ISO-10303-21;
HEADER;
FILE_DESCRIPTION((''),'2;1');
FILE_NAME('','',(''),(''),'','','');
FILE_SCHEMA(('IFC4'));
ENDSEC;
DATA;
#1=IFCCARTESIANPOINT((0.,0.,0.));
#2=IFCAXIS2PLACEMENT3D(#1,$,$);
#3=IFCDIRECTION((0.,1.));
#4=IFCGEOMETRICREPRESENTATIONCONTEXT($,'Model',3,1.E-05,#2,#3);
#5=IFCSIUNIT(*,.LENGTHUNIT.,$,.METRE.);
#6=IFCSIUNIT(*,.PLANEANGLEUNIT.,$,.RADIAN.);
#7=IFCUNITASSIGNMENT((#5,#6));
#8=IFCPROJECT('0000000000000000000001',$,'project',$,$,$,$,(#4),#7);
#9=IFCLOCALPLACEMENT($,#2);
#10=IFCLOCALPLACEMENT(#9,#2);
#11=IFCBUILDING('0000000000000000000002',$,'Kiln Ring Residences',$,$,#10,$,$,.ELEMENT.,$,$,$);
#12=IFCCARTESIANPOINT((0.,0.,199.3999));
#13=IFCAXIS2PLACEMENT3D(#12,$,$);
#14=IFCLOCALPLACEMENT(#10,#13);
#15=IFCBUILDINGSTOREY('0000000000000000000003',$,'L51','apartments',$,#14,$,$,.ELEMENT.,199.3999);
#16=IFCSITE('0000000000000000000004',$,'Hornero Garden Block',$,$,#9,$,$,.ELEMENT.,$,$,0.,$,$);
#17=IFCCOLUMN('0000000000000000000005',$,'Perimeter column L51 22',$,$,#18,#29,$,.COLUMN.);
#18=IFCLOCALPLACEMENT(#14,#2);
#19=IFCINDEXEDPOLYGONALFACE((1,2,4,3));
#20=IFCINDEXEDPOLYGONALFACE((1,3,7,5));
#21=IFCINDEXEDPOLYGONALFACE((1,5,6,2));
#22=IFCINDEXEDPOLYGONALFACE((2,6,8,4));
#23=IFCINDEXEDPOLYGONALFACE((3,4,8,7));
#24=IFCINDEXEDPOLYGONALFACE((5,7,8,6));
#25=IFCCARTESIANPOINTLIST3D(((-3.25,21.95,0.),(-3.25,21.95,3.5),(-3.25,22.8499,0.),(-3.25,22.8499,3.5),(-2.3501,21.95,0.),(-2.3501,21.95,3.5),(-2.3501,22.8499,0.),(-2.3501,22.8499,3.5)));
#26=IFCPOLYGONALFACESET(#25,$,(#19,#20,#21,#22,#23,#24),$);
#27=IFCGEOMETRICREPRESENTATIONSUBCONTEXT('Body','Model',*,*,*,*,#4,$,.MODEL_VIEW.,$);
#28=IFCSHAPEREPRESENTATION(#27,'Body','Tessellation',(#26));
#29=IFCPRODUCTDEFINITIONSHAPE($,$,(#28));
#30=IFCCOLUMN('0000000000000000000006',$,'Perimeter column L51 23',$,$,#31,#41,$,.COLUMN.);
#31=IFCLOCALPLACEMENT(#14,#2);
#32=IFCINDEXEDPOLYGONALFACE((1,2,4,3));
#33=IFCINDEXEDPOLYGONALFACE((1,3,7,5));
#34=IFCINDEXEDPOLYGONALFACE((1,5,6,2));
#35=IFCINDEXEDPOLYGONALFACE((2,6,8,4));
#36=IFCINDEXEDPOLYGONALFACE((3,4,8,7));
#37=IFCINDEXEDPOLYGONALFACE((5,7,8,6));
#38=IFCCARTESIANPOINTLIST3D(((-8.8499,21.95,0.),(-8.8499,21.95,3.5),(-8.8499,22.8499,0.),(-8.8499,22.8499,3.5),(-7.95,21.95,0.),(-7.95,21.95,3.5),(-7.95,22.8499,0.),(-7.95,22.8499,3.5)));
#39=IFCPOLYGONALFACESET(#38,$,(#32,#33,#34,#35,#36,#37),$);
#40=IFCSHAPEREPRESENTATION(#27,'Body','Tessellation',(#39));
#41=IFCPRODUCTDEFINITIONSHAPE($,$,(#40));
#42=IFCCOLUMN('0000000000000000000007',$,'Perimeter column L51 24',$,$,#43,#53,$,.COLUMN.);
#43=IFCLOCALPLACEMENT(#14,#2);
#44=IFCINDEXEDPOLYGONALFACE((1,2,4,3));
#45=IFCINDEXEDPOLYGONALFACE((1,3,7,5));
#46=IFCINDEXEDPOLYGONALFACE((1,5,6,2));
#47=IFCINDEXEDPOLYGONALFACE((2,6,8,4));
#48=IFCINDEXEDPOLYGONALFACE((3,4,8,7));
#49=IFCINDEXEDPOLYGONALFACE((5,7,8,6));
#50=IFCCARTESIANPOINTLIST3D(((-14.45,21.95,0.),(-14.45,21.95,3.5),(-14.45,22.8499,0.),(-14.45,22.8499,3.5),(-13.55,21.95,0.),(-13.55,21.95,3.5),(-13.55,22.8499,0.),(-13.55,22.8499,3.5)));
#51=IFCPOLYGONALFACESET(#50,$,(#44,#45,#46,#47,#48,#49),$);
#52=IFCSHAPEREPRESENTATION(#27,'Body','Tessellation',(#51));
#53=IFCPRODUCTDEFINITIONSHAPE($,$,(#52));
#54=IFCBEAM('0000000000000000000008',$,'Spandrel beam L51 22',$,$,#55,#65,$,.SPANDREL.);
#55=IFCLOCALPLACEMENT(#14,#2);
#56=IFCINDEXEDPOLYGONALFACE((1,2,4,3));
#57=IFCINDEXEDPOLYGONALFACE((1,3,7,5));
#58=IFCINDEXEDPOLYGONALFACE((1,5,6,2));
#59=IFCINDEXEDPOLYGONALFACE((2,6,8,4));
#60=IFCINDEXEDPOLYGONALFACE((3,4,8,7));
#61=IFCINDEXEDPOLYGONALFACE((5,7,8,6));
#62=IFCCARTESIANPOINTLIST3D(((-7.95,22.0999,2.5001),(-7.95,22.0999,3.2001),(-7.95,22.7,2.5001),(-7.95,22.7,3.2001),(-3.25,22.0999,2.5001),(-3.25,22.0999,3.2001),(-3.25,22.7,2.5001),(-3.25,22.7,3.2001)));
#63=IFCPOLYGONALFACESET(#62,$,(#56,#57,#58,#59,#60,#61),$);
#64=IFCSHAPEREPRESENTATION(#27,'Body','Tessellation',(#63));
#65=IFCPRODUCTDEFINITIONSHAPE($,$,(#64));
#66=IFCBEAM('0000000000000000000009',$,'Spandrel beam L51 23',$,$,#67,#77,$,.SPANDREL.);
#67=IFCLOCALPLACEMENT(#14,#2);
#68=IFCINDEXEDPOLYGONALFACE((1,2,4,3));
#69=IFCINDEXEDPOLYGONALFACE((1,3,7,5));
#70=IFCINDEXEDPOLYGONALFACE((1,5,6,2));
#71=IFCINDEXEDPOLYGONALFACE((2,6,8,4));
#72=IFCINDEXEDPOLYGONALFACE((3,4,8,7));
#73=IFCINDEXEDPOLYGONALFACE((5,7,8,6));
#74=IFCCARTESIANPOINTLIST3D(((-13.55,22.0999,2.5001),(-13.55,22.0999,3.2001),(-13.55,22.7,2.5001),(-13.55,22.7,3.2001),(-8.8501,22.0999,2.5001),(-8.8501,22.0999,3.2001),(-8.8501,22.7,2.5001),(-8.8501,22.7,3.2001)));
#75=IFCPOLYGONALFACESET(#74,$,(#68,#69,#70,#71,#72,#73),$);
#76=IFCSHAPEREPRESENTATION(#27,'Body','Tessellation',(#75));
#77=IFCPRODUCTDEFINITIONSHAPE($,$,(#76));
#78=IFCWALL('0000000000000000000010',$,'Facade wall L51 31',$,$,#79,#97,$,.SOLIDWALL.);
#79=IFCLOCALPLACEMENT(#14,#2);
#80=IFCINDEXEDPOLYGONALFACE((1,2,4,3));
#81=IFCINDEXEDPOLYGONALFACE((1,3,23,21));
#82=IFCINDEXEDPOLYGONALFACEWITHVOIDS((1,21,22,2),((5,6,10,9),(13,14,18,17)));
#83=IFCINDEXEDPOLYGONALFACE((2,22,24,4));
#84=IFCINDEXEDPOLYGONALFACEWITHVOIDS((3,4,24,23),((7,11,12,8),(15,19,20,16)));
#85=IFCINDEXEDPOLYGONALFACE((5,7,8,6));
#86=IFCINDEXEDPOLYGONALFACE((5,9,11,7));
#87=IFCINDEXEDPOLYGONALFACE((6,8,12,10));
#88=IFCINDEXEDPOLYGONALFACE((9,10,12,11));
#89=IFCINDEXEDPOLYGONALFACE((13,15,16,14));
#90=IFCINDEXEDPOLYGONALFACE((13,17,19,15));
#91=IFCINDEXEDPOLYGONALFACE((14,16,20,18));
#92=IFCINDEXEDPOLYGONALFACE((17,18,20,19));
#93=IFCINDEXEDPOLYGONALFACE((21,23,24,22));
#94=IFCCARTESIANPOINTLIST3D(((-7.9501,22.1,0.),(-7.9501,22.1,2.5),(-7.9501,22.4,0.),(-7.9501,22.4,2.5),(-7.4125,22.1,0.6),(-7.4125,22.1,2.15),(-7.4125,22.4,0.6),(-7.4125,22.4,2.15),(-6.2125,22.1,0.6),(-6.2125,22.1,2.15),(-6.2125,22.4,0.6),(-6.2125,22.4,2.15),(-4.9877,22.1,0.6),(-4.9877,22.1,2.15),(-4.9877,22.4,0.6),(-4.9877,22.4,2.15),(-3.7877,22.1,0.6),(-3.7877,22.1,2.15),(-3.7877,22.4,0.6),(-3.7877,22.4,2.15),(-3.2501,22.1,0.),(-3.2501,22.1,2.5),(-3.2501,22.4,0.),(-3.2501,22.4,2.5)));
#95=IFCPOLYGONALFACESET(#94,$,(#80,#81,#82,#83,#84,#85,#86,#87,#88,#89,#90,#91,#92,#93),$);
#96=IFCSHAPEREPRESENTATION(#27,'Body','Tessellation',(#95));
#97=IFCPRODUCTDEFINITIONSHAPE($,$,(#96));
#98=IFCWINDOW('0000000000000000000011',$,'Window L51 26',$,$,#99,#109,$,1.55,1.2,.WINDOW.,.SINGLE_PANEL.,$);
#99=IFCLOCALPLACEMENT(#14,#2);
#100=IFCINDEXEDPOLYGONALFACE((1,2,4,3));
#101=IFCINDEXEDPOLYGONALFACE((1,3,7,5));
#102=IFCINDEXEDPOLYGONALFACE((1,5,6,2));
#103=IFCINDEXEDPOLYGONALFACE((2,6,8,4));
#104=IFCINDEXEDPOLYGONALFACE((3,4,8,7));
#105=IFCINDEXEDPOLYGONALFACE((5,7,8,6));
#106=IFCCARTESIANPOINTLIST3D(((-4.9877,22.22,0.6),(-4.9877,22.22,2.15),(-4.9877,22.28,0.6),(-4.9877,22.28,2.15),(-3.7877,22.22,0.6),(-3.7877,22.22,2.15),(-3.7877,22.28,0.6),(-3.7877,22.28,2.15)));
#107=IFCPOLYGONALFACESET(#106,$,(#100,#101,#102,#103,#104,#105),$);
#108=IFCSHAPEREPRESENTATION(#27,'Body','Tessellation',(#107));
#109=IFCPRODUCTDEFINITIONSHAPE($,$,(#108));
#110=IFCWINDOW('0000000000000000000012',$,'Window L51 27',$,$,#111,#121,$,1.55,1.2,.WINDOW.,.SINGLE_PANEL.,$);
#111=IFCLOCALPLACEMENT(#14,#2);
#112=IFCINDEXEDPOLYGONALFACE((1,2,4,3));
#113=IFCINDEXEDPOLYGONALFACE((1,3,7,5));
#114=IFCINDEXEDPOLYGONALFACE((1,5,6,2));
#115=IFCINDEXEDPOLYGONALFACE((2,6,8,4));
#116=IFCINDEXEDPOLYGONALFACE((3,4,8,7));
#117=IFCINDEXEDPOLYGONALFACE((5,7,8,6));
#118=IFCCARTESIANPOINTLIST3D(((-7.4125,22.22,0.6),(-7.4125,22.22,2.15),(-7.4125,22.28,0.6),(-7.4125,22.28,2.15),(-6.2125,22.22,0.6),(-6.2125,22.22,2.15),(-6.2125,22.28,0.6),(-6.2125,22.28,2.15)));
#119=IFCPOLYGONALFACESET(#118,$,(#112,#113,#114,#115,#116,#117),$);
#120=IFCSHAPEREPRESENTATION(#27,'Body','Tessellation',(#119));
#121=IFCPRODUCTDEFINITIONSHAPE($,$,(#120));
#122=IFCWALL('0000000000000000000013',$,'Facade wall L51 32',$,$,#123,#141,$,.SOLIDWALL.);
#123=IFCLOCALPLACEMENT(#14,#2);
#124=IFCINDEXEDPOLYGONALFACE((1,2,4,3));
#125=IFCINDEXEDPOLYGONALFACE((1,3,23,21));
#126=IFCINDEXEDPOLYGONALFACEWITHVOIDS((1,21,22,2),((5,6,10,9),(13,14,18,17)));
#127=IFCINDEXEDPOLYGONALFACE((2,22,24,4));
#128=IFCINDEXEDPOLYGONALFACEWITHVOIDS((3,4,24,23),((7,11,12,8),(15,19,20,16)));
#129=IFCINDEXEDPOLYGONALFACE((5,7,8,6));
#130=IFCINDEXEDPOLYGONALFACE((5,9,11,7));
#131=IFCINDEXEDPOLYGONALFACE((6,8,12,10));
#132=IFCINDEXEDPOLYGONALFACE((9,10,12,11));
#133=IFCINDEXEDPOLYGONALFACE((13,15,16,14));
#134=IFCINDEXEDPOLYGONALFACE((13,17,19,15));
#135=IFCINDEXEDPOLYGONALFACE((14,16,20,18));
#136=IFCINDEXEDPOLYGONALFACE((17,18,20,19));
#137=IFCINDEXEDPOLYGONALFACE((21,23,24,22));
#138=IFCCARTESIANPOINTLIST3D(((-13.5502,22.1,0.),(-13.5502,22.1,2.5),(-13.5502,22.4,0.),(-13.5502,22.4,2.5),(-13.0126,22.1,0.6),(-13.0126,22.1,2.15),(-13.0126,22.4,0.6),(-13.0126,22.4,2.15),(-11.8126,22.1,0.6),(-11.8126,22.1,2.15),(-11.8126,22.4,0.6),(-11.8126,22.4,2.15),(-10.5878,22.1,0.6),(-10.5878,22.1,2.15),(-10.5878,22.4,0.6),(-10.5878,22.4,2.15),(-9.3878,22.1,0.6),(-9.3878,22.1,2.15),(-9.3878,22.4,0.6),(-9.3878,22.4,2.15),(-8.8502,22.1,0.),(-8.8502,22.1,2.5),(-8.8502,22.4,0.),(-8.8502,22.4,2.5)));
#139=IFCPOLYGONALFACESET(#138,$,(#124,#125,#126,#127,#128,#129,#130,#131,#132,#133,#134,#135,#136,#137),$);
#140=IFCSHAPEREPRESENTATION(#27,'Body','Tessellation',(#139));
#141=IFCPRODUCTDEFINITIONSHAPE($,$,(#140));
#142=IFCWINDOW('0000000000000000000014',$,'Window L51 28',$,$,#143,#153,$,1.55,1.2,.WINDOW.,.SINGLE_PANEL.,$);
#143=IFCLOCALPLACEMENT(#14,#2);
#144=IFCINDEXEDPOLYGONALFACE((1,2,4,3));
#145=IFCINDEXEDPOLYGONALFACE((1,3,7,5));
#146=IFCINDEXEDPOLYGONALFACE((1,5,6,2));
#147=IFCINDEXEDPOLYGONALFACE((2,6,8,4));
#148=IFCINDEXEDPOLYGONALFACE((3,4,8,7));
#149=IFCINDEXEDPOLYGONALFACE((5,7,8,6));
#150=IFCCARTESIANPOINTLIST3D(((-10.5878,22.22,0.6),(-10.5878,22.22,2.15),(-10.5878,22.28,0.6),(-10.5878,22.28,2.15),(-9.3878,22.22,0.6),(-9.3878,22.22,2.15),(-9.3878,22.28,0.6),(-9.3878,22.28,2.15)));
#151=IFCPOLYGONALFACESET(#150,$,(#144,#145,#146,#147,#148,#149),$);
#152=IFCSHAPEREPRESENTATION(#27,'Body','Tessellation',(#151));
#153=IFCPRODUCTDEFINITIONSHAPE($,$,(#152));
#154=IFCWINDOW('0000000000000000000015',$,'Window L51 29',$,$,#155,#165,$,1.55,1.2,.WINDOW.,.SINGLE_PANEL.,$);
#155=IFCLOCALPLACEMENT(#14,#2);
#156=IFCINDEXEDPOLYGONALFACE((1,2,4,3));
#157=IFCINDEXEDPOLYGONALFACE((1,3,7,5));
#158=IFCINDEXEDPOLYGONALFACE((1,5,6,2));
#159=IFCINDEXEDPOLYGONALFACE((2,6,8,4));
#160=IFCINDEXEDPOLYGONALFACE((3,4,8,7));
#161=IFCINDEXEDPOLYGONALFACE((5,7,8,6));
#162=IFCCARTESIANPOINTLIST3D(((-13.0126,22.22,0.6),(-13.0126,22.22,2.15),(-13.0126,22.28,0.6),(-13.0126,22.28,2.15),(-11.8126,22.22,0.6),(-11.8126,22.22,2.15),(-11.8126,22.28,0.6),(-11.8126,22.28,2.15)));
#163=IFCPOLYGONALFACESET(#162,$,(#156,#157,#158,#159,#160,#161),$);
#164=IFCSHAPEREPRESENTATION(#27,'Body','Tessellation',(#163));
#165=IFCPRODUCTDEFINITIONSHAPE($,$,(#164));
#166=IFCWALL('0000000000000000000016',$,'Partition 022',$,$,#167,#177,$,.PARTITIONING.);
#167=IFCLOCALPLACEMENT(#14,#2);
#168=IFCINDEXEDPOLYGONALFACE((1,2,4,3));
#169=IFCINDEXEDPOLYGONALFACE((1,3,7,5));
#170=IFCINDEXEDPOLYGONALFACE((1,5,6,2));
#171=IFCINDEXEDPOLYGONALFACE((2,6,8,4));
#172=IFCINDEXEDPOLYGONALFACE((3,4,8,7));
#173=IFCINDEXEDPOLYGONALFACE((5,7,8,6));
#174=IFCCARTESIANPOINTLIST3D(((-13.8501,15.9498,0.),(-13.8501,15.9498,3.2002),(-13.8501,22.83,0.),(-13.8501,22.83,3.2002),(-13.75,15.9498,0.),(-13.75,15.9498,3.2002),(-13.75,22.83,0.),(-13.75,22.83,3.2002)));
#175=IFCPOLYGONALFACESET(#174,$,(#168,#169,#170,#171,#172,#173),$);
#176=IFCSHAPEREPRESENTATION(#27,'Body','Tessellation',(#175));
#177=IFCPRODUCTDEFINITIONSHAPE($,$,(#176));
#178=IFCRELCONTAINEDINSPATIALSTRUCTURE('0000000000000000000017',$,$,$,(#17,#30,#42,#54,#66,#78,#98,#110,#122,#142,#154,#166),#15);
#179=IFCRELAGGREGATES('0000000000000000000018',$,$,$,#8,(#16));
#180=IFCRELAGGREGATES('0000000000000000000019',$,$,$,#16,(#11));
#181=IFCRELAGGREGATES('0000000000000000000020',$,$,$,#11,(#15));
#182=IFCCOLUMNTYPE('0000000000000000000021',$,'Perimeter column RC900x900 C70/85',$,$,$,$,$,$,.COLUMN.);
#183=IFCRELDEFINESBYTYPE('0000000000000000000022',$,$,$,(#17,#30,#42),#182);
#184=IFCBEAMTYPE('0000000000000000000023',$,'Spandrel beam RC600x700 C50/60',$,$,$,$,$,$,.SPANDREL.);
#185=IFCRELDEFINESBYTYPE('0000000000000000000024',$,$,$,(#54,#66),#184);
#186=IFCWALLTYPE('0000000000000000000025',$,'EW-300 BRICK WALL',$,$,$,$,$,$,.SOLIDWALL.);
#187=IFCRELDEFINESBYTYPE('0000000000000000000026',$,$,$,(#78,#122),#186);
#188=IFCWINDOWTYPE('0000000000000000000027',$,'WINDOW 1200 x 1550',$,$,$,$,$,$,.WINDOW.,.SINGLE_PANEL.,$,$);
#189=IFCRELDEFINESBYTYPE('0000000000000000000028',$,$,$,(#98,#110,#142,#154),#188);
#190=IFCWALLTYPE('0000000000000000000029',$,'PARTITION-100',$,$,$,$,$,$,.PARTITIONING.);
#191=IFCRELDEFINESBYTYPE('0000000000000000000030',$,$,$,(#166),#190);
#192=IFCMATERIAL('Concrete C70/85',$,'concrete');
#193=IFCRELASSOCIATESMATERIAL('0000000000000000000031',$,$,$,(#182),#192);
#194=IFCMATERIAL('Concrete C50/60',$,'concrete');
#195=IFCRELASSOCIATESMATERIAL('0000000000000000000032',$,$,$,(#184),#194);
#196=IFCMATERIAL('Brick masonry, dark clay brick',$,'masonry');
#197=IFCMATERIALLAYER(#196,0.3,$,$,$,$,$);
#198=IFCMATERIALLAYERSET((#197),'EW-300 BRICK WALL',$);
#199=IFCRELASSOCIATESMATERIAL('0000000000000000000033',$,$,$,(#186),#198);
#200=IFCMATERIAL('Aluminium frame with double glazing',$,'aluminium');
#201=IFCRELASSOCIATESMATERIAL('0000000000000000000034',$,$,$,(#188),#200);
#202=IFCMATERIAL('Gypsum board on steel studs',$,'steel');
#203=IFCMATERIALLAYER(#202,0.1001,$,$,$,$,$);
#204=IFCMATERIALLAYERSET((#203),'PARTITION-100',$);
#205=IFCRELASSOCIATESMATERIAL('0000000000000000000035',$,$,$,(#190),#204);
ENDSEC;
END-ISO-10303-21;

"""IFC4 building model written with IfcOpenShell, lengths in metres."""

from ifc_helpers import new_model, si_unit, direction, frame, frame_2d, origin, origin_2d, place, context, subcontext, project, spatial, rectangle, extrude, material, layer, layer_set, material_profile, profile_set, type_object, element, fill, save


model = new_model("IFC4")

# Units and contexts
model_context = context("Model", 3, precision=1e-05, world=origin(), true_north=direction((0.0, 1.0)))
body_context = subcontext(model_context, "Body", "Model", "MODEL_VIEW")
ifc_project = project(units=[si_unit("LENGTHUNIT", "METRE"), si_unit("PLANEANGLEUNIT", "RADIAN")], contexts=[model_context])

# Site, building, storey
site_placement = place(None, origin())
site = spatial("IfcSite", under=ifc_project, at=site_placement, Name="Hornero Garden Block", CompositionType="ELEMENT", RefElevation=0.0)
building_placement = place(site_placement, origin())
building = spatial("IfcBuilding", under=site, at=building_placement, Name="Kiln Ring Residences", CompositionType="ELEMENT")
storey_placement = place(building_placement, frame((0.0, 0.0, 199.3999)))
storey = spatial("IfcBuildingStorey", under=building, at=storey_placement, Name="L51", Description="apartments", CompositionType="ELEMENT", Elevation=199.3999)

# Columns
ifc_material_1 = material(Name="Concrete C70/85", Category="concrete")
ifc_material_profile_1 = material_profile(ifc_material_1, rectangle(XDim=0.8999, YDim=0.8999, at=origin_2d()), Name="RC900x900")
ifc_profile_set_1 = profile_set([ifc_material_profile_1], Name="Concrete C70/85")
column_type = type_object("IfcColumnType", Name="Perimeter column RC900x900 C70/85", PredefinedType="COLUMN", material=ifc_profile_set_1)
for number, where, z_axis, x_axis, name in (
    (1, (-2.8, 22.3999, 0.0), (0.0, 0.0, 1.0), (1.0, 0.0, 0.0), "Perimeter column L51 22"),
    (2, (-8.3999, 22.3999, 0.0), (0.0, 0.0, 1.0), (1.0, 0.0, 0.0), "Perimeter column L51 23"),
    (3, (-14.0, 22.3999, 0.0), (0.0, 0.0, 1.0), (1.0, 0.0, 0.0), "Perimeter column L51 24"),
):
    element("IfcColumn", number, at=place(storey_placement, frame(where, z_axis=z_axis, x_axis=x_axis)), inside=storey, type_object=column_type, Name=name, PredefinedType="COLUMN", context=body_context, shape_type="SweptSolid", body=[
        extrude(rectangle(XDim=0.8999, YDim=0.8999, at=origin_2d()), origin(), (0.0, 0.0, 1.0), 3.5),
    ])

# Beams
ifc_material_2 = material(Name="Concrete C50/60", Category="concrete")
ifc_material_profile_2 = material_profile(ifc_material_2, rectangle(XDim=0.6001, YDim=0.7, at=origin_2d()), Name="RC600x700")
ifc_profile_set_2 = profile_set([ifc_material_profile_2], Name="Concrete C50/60")
beam_type = type_object("IfcBeamType", Name="Spandrel beam RC600x700 C50/60", PredefinedType="SPANDREL", material=ifc_profile_set_2)
for number, where, z_axis, x_axis, name in (
    (4, (-3.25, 22.3999, 2.8501), (-1.0, 0.0, 0.0), (0.0, -1.0, 0.0), "Spandrel beam L51 22"),
    (5, (-8.8501, 22.3999, 2.8501), (-1.0, 0.0, 0.0), (0.0, -1.0, 0.0), "Spandrel beam L51 23"),
):
    element("IfcBeam", number, at=place(storey_placement, frame(where, z_axis=z_axis, x_axis=x_axis)), inside=storey, type_object=beam_type, Name=name, PredefinedType="SPANDREL", context=body_context, shape_type="SweptSolid", body=[
        extrude(rectangle(XDim=0.6001, YDim=0.7, at=origin_2d()), origin(), (0.0, 0.0, 1.0), 4.7),
    ])

# Walls, openings, windows
ifc_material_3 = material(Name="Brick masonry, dark clay brick", Category="masonry")
ifc_layer_1 = layer(ifc_material_3, 0.3)
ifc_layer_set_1 = layer_set([ifc_layer_1], Name="EW-300 BRICK WALL")
wall_type_1 = type_object("IfcWallType", Name="EW-300 BRICK WALL", PredefinedType="SOLIDWALL", material=ifc_layer_set_1)
wall_1_placement = place(storey_placement, frame((-3.25, 22.25, 0.0), z_axis=(0.0, 0.0, 1.0), x_axis=(-1.0, 0.0, 0.0)))
wall_1 = element("IfcWall", 6, at=wall_1_placement, inside=storey, type_object=wall_type_1, Name="Facade wall L51 31", PredefinedType="SOLIDWALL", context=body_context, shape_type="SweptSolid", body=[
    extrude(rectangle(XDim=4.7, YDim=0.3, at=frame_2d((2.3501, 0.0))), origin(), (0.0, 0.0, 1.0), 2.5),
])
opening_1_placement = place(wall_1_placement, frame((0.5376, 0.0, 0.6001)))
opening_1 = element("IfcOpeningElement", 7, at=opening_1_placement, cuts=wall_1, PredefinedType="OPENING", context=body_context, shape_type="SweptSolid", body=[
    extrude(rectangle(XDim=1.2, YDim=1.55, at=frame_2d((0.6001, 0.7749))), frame((0.0, 0.1599, 0.0), z_axis=(0.0, -1.0, 0.0), x_axis=(1.0, 0.0, 0.0)), (0.0, 0.0, 1.0), 0.3201),
])
opening_2_placement = place(wall_1_placement, frame((2.9624, 0.0, 0.6001)))
opening_2 = element("IfcOpeningElement", 8, at=opening_2_placement, cuts=wall_1, PredefinedType="OPENING", context=body_context, shape_type="SweptSolid", body=[
    extrude(rectangle(XDim=1.2, YDim=1.55, at=frame_2d((0.6001, 0.7749))), frame((0.0, 0.1599, 0.0), z_axis=(0.0, -1.0, 0.0), x_axis=(1.0, 0.0, 0.0)), (0.0, 0.0, 1.0), 0.3201),
])
ifc_material_4 = material(Name="Aluminium frame with double glazing", Category="aluminium")
window_type = type_object("IfcWindowType", Name="WINDOW 1200 x 1550", PartitioningType="SINGLE_PANEL", PredefinedType="WINDOW", material=ifc_material_4)
window_1_placement = place(opening_1_placement, origin())
window_1 = element("IfcWindow", 9, at=window_1_placement, inside=storey, type_object=window_type, Name="Window L51 26", OverallHeight=1.55, OverallWidth=1.2, PartitioningType="SINGLE_PANEL", PredefinedType="WINDOW", context=body_context, shape_type="SweptSolid", body=[
    extrude(rectangle(XDim=1.2, YDim=1.55, at=frame_2d((0.6001, 0.7749))), frame((0.0, 0.03, 0.0), z_axis=(0.0, -1.0, 0.0), x_axis=(1.0, 0.0, 0.0)), (0.0, 0.0, 1.0), 0.0601),
])
fill(opening_1, window_1)
window_2_placement = place(opening_2_placement, origin())
window_2 = element("IfcWindow", 10, at=window_2_placement, inside=storey, type_object=window_type, Name="Window L51 27", OverallHeight=1.55, OverallWidth=1.2, PartitioningType="SINGLE_PANEL", PredefinedType="WINDOW", context=body_context, shape_type="SweptSolid", body=[
    extrude(rectangle(XDim=1.2, YDim=1.55, at=frame_2d((0.6001, 0.7749))), frame((0.0, 0.03, 0.0), z_axis=(0.0, -1.0, 0.0), x_axis=(1.0, 0.0, 0.0)), (0.0, 0.0, 1.0), 0.0601),
])
fill(opening_2, window_2)
wall_2_placement = place(storey_placement, frame((-8.8501, 22.25, 0.0), z_axis=(0.0, 0.0, 1.0), x_axis=(-1.0, 0.0, 0.0)))
wall_2 = element("IfcWall", 11, at=wall_2_placement, inside=storey, type_object=wall_type_1, Name="Facade wall L51 32", PredefinedType="SOLIDWALL", context=body_context, shape_type="SweptSolid", body=[
    extrude(rectangle(XDim=4.7, YDim=0.3, at=frame_2d((2.3501, 0.0))), origin(), (0.0, 0.0, 1.0), 2.5),
])
opening_3_placement = place(wall_2_placement, frame((0.5376, 0.0, 0.6001)))
opening_3 = element("IfcOpeningElement", 12, at=opening_3_placement, cuts=wall_2, PredefinedType="OPENING", context=body_context, shape_type="SweptSolid", body=[
    extrude(rectangle(XDim=1.2, YDim=1.55, at=frame_2d((0.6001, 0.7749))), frame((0.0, 0.1599, 0.0), z_axis=(0.0, -1.0, 0.0), x_axis=(1.0, 0.0, 0.0)), (0.0, 0.0, 1.0), 0.3201),
])
opening_4_placement = place(wall_2_placement, frame((2.9624, 0.0, 0.6001)))
opening_4 = element("IfcOpeningElement", 13, at=opening_4_placement, cuts=wall_2, PredefinedType="OPENING", context=body_context, shape_type="SweptSolid", body=[
    extrude(rectangle(XDim=1.2, YDim=1.55, at=frame_2d((0.6001, 0.7749))), frame((0.0, 0.1599, 0.0), z_axis=(0.0, -1.0, 0.0), x_axis=(1.0, 0.0, 0.0)), (0.0, 0.0, 1.0), 0.3201),
])
window_3_placement = place(opening_3_placement, origin())
window_3 = element("IfcWindow", 14, at=window_3_placement, inside=storey, type_object=window_type, Name="Window L51 28", OverallHeight=1.55, OverallWidth=1.2, PartitioningType="SINGLE_PANEL", PredefinedType="WINDOW", context=body_context, shape_type="SweptSolid", body=[
    extrude(rectangle(XDim=1.2, YDim=1.55, at=frame_2d((0.6001, 0.7749))), frame((0.0, 0.03, 0.0), z_axis=(0.0, -1.0, 0.0), x_axis=(1.0, 0.0, 0.0)), (0.0, 0.0, 1.0), 0.0601),
])
fill(opening_3, window_3)
window_4_placement = place(opening_4_placement, origin())
window_4 = element("IfcWindow", 15, at=window_4_placement, inside=storey, type_object=window_type, Name="Window L51 29", OverallHeight=1.55, OverallWidth=1.2, PartitioningType="SINGLE_PANEL", PredefinedType="WINDOW", context=body_context, shape_type="SweptSolid", body=[
    extrude(rectangle(XDim=1.2, YDim=1.55, at=frame_2d((0.6001, 0.7749))), frame((0.0, 0.03, 0.0), z_axis=(0.0, -1.0, 0.0), x_axis=(1.0, 0.0, 0.0)), (0.0, 0.0, 1.0), 0.0601),
])
fill(opening_4, window_4)

# Wall
ifc_material_5 = material(Name="Gypsum board on steel studs", Category="steel")
ifc_layer_2 = layer(ifc_material_5, 0.1001)
ifc_layer_set_2 = layer_set([ifc_layer_2], Name="PARTITION-100")
wall_type_2 = type_object("IfcWallType", Name="PARTITION-100", PredefinedType="PARTITIONING", material=ifc_layer_set_2)
wall_3_placement = place(storey_placement, frame((-13.8, 15.95, 0.0), z_axis=(0.0, 0.0, 1.0), x_axis=(0.0, 1.0, 0.0)))
element("IfcWall", 16, at=wall_3_placement, inside=storey, type_object=wall_type_2, Name="Partition 022", PredefinedType="PARTITIONING", context=body_context, shape_type="SweptSolid", body=[
    extrude(rectangle(XDim=6.8801, YDim=0.1001, at=frame_2d((3.4399, 0.0))), origin(), (0.0, 0.0, 1.0), 3.2002),
])

save(model, "model.ifc")
